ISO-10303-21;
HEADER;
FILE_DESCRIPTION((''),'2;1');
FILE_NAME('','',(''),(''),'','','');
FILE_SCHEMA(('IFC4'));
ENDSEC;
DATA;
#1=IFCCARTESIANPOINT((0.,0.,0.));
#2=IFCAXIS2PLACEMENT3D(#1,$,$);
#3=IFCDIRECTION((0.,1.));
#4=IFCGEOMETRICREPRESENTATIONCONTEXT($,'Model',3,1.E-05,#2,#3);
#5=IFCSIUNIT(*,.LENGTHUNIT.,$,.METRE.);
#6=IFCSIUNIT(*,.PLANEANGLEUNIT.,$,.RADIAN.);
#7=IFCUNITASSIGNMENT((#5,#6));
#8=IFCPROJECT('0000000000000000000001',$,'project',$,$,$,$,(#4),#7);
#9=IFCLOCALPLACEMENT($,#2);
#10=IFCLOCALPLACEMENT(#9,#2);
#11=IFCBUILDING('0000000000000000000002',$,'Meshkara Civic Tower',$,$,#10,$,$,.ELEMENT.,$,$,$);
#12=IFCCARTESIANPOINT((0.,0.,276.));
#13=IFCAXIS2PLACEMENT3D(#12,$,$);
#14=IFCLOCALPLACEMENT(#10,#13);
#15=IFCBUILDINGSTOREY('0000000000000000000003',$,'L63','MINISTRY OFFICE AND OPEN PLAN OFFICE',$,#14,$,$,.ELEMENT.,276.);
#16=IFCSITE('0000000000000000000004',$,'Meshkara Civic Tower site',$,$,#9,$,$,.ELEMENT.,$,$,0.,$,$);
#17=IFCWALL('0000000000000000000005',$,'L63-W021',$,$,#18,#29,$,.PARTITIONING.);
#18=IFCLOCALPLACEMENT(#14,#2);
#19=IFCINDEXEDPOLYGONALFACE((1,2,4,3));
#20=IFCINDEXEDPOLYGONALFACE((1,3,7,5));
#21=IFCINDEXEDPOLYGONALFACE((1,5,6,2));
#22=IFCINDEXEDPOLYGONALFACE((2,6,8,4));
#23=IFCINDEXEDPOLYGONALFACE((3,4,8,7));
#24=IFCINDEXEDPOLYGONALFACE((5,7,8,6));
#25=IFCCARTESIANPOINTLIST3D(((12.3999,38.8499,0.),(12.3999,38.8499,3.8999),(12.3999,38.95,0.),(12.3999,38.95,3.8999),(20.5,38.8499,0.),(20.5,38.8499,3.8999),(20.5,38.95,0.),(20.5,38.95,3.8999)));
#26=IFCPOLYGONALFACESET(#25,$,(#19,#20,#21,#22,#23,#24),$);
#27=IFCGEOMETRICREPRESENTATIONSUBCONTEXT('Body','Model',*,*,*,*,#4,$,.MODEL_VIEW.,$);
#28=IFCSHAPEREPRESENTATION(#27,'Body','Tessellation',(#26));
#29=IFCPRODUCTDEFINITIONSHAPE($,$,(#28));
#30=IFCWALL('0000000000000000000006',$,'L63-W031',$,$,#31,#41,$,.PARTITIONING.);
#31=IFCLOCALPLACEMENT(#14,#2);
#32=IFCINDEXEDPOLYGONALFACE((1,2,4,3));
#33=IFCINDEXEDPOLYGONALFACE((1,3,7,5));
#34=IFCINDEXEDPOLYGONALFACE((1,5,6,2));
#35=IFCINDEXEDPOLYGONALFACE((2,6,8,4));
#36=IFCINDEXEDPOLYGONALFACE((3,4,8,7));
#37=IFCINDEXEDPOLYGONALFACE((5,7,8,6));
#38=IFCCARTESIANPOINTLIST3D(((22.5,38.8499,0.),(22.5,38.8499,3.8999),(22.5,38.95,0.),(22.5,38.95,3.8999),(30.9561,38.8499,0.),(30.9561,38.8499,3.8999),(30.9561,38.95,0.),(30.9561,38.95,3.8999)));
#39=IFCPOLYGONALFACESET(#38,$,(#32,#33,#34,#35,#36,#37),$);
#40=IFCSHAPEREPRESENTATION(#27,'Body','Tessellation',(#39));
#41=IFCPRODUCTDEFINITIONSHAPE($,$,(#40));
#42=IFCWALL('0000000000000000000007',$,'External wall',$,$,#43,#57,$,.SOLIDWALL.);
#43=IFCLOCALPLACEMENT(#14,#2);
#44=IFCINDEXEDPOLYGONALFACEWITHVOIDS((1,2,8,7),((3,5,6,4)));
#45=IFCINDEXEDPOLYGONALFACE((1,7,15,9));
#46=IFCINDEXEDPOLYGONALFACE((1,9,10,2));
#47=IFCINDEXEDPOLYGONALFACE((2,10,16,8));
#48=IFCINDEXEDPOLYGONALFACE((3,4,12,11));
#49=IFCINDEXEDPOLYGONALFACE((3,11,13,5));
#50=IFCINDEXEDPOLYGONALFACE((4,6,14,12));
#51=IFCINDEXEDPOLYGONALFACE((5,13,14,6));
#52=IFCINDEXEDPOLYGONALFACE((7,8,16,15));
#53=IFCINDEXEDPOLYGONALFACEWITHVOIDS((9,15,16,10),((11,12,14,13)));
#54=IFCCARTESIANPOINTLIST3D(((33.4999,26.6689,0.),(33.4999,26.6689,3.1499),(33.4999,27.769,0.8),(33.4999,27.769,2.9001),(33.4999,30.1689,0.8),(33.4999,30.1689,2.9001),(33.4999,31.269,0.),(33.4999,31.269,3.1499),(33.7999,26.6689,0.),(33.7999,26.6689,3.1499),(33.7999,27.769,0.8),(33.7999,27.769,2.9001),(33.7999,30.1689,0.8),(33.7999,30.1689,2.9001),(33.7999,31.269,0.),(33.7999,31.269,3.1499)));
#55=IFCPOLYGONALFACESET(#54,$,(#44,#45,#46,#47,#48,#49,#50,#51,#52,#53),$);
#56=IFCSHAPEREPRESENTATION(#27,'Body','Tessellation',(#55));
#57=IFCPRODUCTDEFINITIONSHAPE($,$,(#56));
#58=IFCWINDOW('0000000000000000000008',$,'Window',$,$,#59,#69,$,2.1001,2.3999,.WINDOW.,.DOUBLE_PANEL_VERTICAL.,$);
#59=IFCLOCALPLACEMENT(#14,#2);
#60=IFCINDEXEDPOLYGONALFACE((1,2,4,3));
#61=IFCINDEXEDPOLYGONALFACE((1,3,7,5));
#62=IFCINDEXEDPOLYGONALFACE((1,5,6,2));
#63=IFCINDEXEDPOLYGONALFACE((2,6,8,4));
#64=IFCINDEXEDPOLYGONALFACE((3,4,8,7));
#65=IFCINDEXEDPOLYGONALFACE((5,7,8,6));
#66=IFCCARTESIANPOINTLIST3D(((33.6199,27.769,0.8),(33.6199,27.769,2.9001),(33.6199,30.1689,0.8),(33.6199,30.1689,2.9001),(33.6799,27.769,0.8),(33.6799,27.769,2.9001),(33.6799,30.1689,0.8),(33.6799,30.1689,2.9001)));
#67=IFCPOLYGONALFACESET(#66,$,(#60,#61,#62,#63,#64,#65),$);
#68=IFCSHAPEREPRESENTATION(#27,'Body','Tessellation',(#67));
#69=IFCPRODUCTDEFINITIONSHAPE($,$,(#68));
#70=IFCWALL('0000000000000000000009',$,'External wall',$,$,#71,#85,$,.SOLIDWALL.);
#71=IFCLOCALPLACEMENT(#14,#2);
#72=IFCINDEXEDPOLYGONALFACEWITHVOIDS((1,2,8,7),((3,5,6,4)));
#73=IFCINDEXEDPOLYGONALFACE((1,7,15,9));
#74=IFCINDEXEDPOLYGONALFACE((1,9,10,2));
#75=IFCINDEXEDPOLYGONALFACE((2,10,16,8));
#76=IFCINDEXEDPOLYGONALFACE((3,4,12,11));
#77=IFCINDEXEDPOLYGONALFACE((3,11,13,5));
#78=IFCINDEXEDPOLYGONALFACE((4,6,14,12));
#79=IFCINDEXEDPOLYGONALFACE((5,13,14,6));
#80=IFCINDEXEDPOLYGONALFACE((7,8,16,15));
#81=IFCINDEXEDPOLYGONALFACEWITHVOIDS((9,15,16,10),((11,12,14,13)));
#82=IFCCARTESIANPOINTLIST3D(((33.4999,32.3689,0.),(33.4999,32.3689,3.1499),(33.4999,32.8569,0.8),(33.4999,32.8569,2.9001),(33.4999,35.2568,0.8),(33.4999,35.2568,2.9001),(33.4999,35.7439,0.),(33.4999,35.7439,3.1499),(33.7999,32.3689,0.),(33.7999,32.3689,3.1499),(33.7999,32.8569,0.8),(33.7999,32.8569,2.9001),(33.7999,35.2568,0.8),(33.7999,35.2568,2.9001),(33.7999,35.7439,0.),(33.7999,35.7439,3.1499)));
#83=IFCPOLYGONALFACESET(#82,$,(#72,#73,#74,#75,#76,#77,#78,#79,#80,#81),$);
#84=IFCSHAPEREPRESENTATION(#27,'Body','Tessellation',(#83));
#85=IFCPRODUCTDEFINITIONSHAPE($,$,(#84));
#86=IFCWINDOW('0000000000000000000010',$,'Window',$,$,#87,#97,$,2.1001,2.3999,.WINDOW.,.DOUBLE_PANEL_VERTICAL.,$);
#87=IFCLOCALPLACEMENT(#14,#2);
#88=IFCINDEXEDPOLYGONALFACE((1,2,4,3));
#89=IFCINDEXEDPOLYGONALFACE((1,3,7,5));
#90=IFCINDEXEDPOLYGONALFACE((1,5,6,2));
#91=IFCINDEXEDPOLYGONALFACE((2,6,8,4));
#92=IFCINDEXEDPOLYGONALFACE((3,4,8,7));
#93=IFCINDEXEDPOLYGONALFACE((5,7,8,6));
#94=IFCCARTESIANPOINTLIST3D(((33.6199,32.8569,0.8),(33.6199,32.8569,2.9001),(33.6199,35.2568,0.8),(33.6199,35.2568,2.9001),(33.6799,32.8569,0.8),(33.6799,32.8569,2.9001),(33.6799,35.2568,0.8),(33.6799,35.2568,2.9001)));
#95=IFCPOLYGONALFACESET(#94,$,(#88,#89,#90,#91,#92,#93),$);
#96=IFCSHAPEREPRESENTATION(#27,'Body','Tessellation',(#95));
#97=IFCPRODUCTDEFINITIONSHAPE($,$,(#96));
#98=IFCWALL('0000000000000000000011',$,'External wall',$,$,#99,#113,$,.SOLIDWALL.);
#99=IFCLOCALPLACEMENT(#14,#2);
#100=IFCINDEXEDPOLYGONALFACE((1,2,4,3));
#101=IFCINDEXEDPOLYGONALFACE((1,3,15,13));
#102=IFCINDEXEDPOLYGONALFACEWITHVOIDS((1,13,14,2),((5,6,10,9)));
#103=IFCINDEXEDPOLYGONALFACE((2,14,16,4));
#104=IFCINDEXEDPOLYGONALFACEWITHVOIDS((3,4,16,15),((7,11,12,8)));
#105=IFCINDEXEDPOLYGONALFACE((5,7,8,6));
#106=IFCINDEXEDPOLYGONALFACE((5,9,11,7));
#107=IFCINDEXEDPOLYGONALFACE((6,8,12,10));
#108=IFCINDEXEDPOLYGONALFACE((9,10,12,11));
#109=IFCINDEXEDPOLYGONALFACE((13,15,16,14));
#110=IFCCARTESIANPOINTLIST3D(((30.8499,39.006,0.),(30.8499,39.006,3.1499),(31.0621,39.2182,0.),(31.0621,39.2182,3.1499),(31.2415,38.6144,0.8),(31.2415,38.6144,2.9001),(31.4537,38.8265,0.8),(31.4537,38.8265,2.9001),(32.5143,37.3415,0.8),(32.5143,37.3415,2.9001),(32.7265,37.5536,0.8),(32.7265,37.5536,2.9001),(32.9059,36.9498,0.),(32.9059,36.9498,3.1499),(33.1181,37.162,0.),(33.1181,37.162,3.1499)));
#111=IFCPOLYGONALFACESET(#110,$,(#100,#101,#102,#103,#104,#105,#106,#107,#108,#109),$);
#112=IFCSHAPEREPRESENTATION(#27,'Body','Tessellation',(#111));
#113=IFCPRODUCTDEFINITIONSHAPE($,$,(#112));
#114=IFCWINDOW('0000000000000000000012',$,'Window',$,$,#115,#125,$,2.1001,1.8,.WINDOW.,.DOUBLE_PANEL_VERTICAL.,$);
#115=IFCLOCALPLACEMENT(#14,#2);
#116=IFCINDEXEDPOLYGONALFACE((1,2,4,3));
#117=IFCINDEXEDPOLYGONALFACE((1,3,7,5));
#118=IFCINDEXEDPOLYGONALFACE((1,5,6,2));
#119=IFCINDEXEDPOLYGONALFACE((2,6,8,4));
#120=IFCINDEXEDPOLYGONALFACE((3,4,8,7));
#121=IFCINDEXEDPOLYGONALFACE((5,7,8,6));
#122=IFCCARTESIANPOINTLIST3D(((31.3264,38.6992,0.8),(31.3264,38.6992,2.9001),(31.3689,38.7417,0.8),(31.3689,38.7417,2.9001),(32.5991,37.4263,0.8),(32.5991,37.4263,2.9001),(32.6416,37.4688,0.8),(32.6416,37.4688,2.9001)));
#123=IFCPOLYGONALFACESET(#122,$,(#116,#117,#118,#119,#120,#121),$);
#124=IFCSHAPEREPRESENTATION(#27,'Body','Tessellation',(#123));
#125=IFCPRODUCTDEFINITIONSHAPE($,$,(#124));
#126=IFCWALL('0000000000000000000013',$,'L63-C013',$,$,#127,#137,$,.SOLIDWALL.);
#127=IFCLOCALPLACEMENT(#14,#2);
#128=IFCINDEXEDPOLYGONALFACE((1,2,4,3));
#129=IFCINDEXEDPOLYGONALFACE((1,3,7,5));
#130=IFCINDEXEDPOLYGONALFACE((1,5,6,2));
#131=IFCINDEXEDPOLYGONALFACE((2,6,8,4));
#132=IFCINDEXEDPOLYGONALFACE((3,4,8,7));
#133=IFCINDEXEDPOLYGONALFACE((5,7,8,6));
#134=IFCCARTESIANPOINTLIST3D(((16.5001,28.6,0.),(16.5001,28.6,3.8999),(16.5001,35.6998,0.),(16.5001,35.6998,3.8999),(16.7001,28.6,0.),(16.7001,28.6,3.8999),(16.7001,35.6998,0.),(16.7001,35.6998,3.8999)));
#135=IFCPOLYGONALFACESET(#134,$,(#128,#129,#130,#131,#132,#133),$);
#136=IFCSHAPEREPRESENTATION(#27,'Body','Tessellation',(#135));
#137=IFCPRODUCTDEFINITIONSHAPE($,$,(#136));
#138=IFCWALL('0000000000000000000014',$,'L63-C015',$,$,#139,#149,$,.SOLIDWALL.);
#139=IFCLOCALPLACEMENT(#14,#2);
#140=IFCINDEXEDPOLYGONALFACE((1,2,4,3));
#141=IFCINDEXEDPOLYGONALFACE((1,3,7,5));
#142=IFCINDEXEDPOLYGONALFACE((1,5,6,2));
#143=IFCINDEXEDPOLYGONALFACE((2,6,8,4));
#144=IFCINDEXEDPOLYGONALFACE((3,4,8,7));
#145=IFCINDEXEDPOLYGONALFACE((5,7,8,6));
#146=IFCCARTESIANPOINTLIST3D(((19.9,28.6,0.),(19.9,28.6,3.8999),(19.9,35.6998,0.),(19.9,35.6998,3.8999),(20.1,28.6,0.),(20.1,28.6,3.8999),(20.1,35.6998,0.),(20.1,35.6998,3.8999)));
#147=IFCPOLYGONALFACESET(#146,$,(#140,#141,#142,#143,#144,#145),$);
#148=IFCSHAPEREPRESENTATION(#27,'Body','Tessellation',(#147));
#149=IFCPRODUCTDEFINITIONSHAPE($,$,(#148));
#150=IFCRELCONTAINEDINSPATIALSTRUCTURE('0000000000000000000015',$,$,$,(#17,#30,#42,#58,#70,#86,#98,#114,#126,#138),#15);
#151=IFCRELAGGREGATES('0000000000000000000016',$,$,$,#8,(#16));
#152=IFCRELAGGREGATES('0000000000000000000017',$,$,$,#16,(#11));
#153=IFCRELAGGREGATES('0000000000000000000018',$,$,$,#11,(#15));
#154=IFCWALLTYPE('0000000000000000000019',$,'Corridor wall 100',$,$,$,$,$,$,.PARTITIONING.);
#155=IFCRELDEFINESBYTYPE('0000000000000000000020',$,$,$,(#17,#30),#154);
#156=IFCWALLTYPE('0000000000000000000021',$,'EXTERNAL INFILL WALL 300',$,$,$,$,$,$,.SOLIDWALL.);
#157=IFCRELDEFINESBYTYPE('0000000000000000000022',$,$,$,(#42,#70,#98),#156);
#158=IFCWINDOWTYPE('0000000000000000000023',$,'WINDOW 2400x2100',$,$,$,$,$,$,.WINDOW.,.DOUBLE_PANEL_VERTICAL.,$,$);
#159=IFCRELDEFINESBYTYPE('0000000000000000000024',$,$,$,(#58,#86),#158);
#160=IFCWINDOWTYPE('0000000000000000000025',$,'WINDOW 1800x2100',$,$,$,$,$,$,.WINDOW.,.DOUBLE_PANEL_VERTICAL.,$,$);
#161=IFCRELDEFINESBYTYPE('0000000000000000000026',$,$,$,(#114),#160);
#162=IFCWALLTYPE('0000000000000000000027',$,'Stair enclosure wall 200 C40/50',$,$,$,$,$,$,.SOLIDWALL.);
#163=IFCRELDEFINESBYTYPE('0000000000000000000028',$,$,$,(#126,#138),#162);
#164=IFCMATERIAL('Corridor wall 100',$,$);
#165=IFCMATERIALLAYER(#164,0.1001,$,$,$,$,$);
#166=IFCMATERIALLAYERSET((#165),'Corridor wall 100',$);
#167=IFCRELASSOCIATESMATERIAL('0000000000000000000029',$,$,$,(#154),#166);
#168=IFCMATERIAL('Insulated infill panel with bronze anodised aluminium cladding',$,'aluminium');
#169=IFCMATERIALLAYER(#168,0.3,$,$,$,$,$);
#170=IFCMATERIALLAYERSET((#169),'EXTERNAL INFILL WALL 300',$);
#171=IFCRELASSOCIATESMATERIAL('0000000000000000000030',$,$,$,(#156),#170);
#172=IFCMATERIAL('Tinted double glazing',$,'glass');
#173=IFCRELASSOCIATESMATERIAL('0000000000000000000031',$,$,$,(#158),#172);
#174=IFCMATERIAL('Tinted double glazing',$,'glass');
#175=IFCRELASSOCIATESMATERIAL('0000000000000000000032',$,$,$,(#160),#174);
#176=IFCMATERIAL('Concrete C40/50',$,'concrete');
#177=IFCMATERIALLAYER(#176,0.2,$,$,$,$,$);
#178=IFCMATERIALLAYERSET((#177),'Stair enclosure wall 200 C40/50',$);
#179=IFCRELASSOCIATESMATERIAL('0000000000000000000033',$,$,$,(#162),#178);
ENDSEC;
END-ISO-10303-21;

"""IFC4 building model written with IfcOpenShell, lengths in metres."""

from ifc_helpers import new_model, si_unit, direction, frame, frame_2d, origin, place, context, subcontext, project, spatial, rectangle, extrude, material, layer, layer_set, type_object, element, fill, save


model = new_model("IFC4")

# Units and contexts
model_context = context("Model", 3, precision=1e-05, world=origin(), true_north=direction((0.0, 1.0)))
body_context = subcontext(model_context, "Body", "Model", "MODEL_VIEW")
ifc_project = project(units=[si_unit("LENGTHUNIT", "METRE"), si_unit("PLANEANGLEUNIT", "RADIAN")], contexts=[model_context])

# Site, building, storey
site_placement = place(None, origin())
site = spatial("IfcSite", under=ifc_project, at=site_placement, Name="Meshkara Civic Tower site", CompositionType="ELEMENT", RefElevation=0.0)
building_placement = place(site_placement, origin())
building = spatial("IfcBuilding", under=site, at=building_placement, Name="Meshkara Civic Tower", CompositionType="ELEMENT")
storey_placement = place(building_placement, frame((0.0, 0.0, 276.0)))
storey = spatial("IfcBuildingStorey", under=building, at=storey_placement, Name="L63", Description="MINISTRY OFFICE AND OPEN PLAN OFFICE", CompositionType="ELEMENT", Elevation=276.0)

# Walls
ifc_material_1 = material(Name="Corridor wall 100")
ifc_layer_1 = layer(ifc_material_1, 0.1001)
ifc_layer_set_1 = layer_set([ifc_layer_1], Name="Corridor wall 100")
wall_type_1 = type_object("IfcWallType", Name="Corridor wall 100", PredefinedType="PARTITIONING", material=ifc_layer_set_1)
wall_1_placement = place(storey_placement, frame((20.5, 38.8999, 0.0), z_axis=(0.0, 0.0, 1.0), x_axis=(-1.0, 0.0, 0.0)))
element("IfcWall", 1, at=wall_1_placement, inside=storey, type_object=wall_type_1, Name="L63-W021", PredefinedType="PARTITIONING", context=body_context, shape_type="SweptSolid", body=[
    extrude(rectangle(XDim=8.1001, YDim=0.1001, at=frame_2d((4.05, 0.0))), origin(), (0.0, 0.0, 1.0), 3.8999),
])
wall_2_placement = place(storey_placement, frame((30.9561, 38.8999, 0.0), z_axis=(0.0, 0.0, 1.0), x_axis=(-1.0, 0.0, 0.0)))
element("IfcWall", 2, at=wall_2_placement, inside=storey, type_object=wall_type_1, Name="L63-W031", PredefinedType="PARTITIONING", context=body_context, shape_type="SweptSolid", body=[
    extrude(rectangle(XDim=8.4561, YDim=0.1001, at=frame_2d((4.228, 0.0))), origin(), (0.0, 0.0, 1.0), 3.8999),
])

# Walls, openings, windows
ifc_material_2 = material(Name="Insulated infill panel with bronze anodised aluminium cladding", Category="aluminium")
ifc_layer_2 = layer(ifc_material_2, 0.3)
ifc_layer_set_2 = layer_set([ifc_layer_2], Name="EXTERNAL INFILL WALL 300")
wall_type_2 = type_object("IfcWallType", Name="EXTERNAL INFILL WALL 300", PredefinedType="SOLIDWALL", material=ifc_layer_set_2)
wall_3_placement = place(storey_placement, frame((33.6499, 26.6689, 0.0), z_axis=(0.0, 0.0, 1.0), x_axis=(0.0, 1.0, 0.0)))
wall_3 = element("IfcWall", 3, at=wall_3_placement, inside=storey, type_object=wall_type_2, Name="External wall", PredefinedType="SOLIDWALL", context=body_context, shape_type="SweptSolid", body=[
    extrude(rectangle(XDim=4.6001, YDim=0.3, at=frame_2d((2.3, 0.0))), origin(), (0.0, 0.0, 1.0), 3.1499),
])
opening_1_placement = place(wall_3_placement, frame((1.1001, 0.0, 0.8)))
opening_1 = element("IfcOpeningElement", 4, at=opening_1_placement, cuts=wall_3, PredefinedType="OPENING", context=body_context, shape_type="SweptSolid", body=[
    extrude(rectangle(XDim=2.3999, YDim=2.1001, at=frame_2d((1.2, 1.05))), frame((0.0, 0.1599, 0.0), z_axis=(0.0, -1.0, 0.0), x_axis=(1.0, 0.0, 0.0)), (0.0, 0.0, 1.0), 0.3201),
])
ifc_material_3 = material(Name="Tinted double glazing", Category="glass")
window_type_1 = type_object("IfcWindowType", Name="WINDOW 2400x2100", PartitioningType="DOUBLE_PANEL_VERTICAL", PredefinedType="WINDOW", material=ifc_material_3)
window_1_placement = place(opening_1_placement, origin())
window_1 = element("IfcWindow", 5, at=window_1_placement, inside=storey, type_object=window_type_1, Name="Window", OverallHeight=2.1001, OverallWidth=2.3999, PartitioningType="DOUBLE_PANEL_VERTICAL", PredefinedType="WINDOW", context=body_context, shape_type="SweptSolid", body=[
    extrude(rectangle(XDim=2.3999, YDim=2.1001, at=frame_2d((1.2, 1.05))), frame((0.0, 0.03, 0.0), z_axis=(0.0, -1.0, 0.0), x_axis=(1.0, 0.0, 0.0)), (0.0, 0.0, 1.0), 0.0601),
])
fill(opening_1, window_1)
wall_4_placement = place(storey_placement, frame((33.6499, 32.3689, 0.0), z_axis=(0.0, 0.0, 1.0), x_axis=(0.0, 1.0, 0.0)))
wall_4 = element("IfcWall", 6, at=wall_4_placement, inside=storey, type_object=wall_type_2, Name="External wall", PredefinedType="SOLIDWALL", context=body_context, shape_type="SweptSolid", body=[
    extrude(rectangle(XDim=3.375, YDim=0.3, at=frame_2d((1.6875, 0.0))), origin(), (0.0, 0.0, 1.0), 3.1499),
])
opening_2_placement = place(wall_4_placement, frame((0.488, 0.0, 0.8)))
opening_2 = element("IfcOpeningElement", 7, at=opening_2_placement, cuts=wall_4, PredefinedType="OPENING", context=body_context, shape_type="SweptSolid", body=[
    extrude(rectangle(XDim=2.3999, YDim=2.1001, at=frame_2d((1.2, 1.05))), frame((0.0, 0.1599, 0.0), z_axis=(0.0, -1.0, 0.0), x_axis=(1.0, 0.0, 0.0)), (0.0, 0.0, 1.0), 0.3201),
])
window_2_placement = place(opening_2_placement, origin())
window_2 = element("IfcWindow", 8, at=window_2_placement, inside=storey, type_object=window_type_1, Name="Window", OverallHeight=2.1001, OverallWidth=2.3999, PartitioningType="DOUBLE_PANEL_VERTICAL", PredefinedType="WINDOW", context=body_context, shape_type="SweptSolid", body=[
    extrude(rectangle(XDim=2.3999, YDim=2.1001, at=frame_2d((1.2, 1.05))), frame((0.0, 0.03, 0.0), z_axis=(0.0, -1.0, 0.0), x_axis=(1.0, 0.0, 0.0)), (0.0, 0.0, 1.0), 0.0601),
])
fill(opening_2, window_2)
wall_5_placement = place(storey_placement, frame((33.012, 37.0559, 0.0), z_axis=(0.0, 0.0, 1.0), x_axis=(-0.707065, 0.707149, 0.0)))
wall_5 = element("IfcWall", 9, at=wall_5_placement, inside=storey, type_object=wall_type_2, Name="External wall", PredefinedType="SOLIDWALL", context=body_context, shape_type="SweptSolid", body=[
    extrude(rectangle(XDim=2.9077, YDim=0.3, at=frame_2d((1.4539, 0.0))), origin(), (0.0, 0.0, 1.0), 3.1499),
])
opening_3_placement = place(wall_5_placement, frame((0.554, 0.0, 0.8)))
opening_3 = element("IfcOpeningElement", 10, at=opening_3_placement, cuts=wall_5, PredefinedType="OPENING", context=body_context, shape_type="SweptSolid", body=[
    extrude(rectangle(XDim=1.8, YDim=2.1001, at=frame_2d((0.8999, 1.05))), frame((0.0, 0.1599, 0.0), z_axis=(0.0, -1.0, 0.0), x_axis=(1.0, 0.0, 0.0)), (0.0, 0.0, 1.0), 0.3201),
])
ifc_material_4 = material(Name="Tinted double glazing", Category="glass")
window_type_2 = type_object("IfcWindowType", Name="WINDOW 1800x2100", PartitioningType="DOUBLE_PANEL_VERTICAL", PredefinedType="WINDOW", material=ifc_material_4)
window_3_placement = place(opening_3_placement, origin())
window_3 = element("IfcWindow", 11, at=window_3_placement, inside=storey, type_object=window_type_2, Name="Window", OverallHeight=2.1001, OverallWidth=1.8, PartitioningType="DOUBLE_PANEL_VERTICAL", PredefinedType="WINDOW", context=body_context, shape_type="SweptSolid", body=[
    extrude(rectangle(XDim=1.8, YDim=2.1001, at=frame_2d((0.8999, 1.05))), frame((0.0, 0.03, 0.0), z_axis=(0.0, -1.0, 0.0), x_axis=(1.0, 0.0, 0.0)), (0.0, 0.0, 1.0), 0.0601),
])
fill(opening_3, window_3)

# Walls
ifc_material_5 = material(Name="Concrete C40/50", Category="concrete")
ifc_layer_3 = layer(ifc_material_5, 0.2)
ifc_layer_set_3 = layer_set([ifc_layer_3], Name="Stair enclosure wall 200 C40/50")
wall_type_3 = type_object("IfcWallType", Name="Stair enclosure wall 200 C40/50", PredefinedType="SOLIDWALL", material=ifc_layer_set_3)
for number, where, z_axis, x_axis, name in (
    (12, (16.6001, 28.6001, 0.0), (0.0, 0.0, 1.0), (0.0, 1.0, 0.0), "L63-C013"),
    (13, (20.0, 28.6001, 0.0), (0.0, 0.0, 1.0), (0.0, 1.0, 0.0), "L63-C015"),
):
    element("IfcWall", number, at=place(storey_placement, frame(where, z_axis=z_axis, x_axis=x_axis)), inside=storey, type_object=wall_type_3, Name=name, PredefinedType="SOLIDWALL", context=body_context, shape_type="SweptSolid", body=[
        extrude(rectangle(XDim=7.0999, YDim=0.2, at=frame_2d((3.5498, 0.0))), origin(), (0.0, 0.0, 1.0), 3.8999),
    ])

save(model, "model.ifc")
